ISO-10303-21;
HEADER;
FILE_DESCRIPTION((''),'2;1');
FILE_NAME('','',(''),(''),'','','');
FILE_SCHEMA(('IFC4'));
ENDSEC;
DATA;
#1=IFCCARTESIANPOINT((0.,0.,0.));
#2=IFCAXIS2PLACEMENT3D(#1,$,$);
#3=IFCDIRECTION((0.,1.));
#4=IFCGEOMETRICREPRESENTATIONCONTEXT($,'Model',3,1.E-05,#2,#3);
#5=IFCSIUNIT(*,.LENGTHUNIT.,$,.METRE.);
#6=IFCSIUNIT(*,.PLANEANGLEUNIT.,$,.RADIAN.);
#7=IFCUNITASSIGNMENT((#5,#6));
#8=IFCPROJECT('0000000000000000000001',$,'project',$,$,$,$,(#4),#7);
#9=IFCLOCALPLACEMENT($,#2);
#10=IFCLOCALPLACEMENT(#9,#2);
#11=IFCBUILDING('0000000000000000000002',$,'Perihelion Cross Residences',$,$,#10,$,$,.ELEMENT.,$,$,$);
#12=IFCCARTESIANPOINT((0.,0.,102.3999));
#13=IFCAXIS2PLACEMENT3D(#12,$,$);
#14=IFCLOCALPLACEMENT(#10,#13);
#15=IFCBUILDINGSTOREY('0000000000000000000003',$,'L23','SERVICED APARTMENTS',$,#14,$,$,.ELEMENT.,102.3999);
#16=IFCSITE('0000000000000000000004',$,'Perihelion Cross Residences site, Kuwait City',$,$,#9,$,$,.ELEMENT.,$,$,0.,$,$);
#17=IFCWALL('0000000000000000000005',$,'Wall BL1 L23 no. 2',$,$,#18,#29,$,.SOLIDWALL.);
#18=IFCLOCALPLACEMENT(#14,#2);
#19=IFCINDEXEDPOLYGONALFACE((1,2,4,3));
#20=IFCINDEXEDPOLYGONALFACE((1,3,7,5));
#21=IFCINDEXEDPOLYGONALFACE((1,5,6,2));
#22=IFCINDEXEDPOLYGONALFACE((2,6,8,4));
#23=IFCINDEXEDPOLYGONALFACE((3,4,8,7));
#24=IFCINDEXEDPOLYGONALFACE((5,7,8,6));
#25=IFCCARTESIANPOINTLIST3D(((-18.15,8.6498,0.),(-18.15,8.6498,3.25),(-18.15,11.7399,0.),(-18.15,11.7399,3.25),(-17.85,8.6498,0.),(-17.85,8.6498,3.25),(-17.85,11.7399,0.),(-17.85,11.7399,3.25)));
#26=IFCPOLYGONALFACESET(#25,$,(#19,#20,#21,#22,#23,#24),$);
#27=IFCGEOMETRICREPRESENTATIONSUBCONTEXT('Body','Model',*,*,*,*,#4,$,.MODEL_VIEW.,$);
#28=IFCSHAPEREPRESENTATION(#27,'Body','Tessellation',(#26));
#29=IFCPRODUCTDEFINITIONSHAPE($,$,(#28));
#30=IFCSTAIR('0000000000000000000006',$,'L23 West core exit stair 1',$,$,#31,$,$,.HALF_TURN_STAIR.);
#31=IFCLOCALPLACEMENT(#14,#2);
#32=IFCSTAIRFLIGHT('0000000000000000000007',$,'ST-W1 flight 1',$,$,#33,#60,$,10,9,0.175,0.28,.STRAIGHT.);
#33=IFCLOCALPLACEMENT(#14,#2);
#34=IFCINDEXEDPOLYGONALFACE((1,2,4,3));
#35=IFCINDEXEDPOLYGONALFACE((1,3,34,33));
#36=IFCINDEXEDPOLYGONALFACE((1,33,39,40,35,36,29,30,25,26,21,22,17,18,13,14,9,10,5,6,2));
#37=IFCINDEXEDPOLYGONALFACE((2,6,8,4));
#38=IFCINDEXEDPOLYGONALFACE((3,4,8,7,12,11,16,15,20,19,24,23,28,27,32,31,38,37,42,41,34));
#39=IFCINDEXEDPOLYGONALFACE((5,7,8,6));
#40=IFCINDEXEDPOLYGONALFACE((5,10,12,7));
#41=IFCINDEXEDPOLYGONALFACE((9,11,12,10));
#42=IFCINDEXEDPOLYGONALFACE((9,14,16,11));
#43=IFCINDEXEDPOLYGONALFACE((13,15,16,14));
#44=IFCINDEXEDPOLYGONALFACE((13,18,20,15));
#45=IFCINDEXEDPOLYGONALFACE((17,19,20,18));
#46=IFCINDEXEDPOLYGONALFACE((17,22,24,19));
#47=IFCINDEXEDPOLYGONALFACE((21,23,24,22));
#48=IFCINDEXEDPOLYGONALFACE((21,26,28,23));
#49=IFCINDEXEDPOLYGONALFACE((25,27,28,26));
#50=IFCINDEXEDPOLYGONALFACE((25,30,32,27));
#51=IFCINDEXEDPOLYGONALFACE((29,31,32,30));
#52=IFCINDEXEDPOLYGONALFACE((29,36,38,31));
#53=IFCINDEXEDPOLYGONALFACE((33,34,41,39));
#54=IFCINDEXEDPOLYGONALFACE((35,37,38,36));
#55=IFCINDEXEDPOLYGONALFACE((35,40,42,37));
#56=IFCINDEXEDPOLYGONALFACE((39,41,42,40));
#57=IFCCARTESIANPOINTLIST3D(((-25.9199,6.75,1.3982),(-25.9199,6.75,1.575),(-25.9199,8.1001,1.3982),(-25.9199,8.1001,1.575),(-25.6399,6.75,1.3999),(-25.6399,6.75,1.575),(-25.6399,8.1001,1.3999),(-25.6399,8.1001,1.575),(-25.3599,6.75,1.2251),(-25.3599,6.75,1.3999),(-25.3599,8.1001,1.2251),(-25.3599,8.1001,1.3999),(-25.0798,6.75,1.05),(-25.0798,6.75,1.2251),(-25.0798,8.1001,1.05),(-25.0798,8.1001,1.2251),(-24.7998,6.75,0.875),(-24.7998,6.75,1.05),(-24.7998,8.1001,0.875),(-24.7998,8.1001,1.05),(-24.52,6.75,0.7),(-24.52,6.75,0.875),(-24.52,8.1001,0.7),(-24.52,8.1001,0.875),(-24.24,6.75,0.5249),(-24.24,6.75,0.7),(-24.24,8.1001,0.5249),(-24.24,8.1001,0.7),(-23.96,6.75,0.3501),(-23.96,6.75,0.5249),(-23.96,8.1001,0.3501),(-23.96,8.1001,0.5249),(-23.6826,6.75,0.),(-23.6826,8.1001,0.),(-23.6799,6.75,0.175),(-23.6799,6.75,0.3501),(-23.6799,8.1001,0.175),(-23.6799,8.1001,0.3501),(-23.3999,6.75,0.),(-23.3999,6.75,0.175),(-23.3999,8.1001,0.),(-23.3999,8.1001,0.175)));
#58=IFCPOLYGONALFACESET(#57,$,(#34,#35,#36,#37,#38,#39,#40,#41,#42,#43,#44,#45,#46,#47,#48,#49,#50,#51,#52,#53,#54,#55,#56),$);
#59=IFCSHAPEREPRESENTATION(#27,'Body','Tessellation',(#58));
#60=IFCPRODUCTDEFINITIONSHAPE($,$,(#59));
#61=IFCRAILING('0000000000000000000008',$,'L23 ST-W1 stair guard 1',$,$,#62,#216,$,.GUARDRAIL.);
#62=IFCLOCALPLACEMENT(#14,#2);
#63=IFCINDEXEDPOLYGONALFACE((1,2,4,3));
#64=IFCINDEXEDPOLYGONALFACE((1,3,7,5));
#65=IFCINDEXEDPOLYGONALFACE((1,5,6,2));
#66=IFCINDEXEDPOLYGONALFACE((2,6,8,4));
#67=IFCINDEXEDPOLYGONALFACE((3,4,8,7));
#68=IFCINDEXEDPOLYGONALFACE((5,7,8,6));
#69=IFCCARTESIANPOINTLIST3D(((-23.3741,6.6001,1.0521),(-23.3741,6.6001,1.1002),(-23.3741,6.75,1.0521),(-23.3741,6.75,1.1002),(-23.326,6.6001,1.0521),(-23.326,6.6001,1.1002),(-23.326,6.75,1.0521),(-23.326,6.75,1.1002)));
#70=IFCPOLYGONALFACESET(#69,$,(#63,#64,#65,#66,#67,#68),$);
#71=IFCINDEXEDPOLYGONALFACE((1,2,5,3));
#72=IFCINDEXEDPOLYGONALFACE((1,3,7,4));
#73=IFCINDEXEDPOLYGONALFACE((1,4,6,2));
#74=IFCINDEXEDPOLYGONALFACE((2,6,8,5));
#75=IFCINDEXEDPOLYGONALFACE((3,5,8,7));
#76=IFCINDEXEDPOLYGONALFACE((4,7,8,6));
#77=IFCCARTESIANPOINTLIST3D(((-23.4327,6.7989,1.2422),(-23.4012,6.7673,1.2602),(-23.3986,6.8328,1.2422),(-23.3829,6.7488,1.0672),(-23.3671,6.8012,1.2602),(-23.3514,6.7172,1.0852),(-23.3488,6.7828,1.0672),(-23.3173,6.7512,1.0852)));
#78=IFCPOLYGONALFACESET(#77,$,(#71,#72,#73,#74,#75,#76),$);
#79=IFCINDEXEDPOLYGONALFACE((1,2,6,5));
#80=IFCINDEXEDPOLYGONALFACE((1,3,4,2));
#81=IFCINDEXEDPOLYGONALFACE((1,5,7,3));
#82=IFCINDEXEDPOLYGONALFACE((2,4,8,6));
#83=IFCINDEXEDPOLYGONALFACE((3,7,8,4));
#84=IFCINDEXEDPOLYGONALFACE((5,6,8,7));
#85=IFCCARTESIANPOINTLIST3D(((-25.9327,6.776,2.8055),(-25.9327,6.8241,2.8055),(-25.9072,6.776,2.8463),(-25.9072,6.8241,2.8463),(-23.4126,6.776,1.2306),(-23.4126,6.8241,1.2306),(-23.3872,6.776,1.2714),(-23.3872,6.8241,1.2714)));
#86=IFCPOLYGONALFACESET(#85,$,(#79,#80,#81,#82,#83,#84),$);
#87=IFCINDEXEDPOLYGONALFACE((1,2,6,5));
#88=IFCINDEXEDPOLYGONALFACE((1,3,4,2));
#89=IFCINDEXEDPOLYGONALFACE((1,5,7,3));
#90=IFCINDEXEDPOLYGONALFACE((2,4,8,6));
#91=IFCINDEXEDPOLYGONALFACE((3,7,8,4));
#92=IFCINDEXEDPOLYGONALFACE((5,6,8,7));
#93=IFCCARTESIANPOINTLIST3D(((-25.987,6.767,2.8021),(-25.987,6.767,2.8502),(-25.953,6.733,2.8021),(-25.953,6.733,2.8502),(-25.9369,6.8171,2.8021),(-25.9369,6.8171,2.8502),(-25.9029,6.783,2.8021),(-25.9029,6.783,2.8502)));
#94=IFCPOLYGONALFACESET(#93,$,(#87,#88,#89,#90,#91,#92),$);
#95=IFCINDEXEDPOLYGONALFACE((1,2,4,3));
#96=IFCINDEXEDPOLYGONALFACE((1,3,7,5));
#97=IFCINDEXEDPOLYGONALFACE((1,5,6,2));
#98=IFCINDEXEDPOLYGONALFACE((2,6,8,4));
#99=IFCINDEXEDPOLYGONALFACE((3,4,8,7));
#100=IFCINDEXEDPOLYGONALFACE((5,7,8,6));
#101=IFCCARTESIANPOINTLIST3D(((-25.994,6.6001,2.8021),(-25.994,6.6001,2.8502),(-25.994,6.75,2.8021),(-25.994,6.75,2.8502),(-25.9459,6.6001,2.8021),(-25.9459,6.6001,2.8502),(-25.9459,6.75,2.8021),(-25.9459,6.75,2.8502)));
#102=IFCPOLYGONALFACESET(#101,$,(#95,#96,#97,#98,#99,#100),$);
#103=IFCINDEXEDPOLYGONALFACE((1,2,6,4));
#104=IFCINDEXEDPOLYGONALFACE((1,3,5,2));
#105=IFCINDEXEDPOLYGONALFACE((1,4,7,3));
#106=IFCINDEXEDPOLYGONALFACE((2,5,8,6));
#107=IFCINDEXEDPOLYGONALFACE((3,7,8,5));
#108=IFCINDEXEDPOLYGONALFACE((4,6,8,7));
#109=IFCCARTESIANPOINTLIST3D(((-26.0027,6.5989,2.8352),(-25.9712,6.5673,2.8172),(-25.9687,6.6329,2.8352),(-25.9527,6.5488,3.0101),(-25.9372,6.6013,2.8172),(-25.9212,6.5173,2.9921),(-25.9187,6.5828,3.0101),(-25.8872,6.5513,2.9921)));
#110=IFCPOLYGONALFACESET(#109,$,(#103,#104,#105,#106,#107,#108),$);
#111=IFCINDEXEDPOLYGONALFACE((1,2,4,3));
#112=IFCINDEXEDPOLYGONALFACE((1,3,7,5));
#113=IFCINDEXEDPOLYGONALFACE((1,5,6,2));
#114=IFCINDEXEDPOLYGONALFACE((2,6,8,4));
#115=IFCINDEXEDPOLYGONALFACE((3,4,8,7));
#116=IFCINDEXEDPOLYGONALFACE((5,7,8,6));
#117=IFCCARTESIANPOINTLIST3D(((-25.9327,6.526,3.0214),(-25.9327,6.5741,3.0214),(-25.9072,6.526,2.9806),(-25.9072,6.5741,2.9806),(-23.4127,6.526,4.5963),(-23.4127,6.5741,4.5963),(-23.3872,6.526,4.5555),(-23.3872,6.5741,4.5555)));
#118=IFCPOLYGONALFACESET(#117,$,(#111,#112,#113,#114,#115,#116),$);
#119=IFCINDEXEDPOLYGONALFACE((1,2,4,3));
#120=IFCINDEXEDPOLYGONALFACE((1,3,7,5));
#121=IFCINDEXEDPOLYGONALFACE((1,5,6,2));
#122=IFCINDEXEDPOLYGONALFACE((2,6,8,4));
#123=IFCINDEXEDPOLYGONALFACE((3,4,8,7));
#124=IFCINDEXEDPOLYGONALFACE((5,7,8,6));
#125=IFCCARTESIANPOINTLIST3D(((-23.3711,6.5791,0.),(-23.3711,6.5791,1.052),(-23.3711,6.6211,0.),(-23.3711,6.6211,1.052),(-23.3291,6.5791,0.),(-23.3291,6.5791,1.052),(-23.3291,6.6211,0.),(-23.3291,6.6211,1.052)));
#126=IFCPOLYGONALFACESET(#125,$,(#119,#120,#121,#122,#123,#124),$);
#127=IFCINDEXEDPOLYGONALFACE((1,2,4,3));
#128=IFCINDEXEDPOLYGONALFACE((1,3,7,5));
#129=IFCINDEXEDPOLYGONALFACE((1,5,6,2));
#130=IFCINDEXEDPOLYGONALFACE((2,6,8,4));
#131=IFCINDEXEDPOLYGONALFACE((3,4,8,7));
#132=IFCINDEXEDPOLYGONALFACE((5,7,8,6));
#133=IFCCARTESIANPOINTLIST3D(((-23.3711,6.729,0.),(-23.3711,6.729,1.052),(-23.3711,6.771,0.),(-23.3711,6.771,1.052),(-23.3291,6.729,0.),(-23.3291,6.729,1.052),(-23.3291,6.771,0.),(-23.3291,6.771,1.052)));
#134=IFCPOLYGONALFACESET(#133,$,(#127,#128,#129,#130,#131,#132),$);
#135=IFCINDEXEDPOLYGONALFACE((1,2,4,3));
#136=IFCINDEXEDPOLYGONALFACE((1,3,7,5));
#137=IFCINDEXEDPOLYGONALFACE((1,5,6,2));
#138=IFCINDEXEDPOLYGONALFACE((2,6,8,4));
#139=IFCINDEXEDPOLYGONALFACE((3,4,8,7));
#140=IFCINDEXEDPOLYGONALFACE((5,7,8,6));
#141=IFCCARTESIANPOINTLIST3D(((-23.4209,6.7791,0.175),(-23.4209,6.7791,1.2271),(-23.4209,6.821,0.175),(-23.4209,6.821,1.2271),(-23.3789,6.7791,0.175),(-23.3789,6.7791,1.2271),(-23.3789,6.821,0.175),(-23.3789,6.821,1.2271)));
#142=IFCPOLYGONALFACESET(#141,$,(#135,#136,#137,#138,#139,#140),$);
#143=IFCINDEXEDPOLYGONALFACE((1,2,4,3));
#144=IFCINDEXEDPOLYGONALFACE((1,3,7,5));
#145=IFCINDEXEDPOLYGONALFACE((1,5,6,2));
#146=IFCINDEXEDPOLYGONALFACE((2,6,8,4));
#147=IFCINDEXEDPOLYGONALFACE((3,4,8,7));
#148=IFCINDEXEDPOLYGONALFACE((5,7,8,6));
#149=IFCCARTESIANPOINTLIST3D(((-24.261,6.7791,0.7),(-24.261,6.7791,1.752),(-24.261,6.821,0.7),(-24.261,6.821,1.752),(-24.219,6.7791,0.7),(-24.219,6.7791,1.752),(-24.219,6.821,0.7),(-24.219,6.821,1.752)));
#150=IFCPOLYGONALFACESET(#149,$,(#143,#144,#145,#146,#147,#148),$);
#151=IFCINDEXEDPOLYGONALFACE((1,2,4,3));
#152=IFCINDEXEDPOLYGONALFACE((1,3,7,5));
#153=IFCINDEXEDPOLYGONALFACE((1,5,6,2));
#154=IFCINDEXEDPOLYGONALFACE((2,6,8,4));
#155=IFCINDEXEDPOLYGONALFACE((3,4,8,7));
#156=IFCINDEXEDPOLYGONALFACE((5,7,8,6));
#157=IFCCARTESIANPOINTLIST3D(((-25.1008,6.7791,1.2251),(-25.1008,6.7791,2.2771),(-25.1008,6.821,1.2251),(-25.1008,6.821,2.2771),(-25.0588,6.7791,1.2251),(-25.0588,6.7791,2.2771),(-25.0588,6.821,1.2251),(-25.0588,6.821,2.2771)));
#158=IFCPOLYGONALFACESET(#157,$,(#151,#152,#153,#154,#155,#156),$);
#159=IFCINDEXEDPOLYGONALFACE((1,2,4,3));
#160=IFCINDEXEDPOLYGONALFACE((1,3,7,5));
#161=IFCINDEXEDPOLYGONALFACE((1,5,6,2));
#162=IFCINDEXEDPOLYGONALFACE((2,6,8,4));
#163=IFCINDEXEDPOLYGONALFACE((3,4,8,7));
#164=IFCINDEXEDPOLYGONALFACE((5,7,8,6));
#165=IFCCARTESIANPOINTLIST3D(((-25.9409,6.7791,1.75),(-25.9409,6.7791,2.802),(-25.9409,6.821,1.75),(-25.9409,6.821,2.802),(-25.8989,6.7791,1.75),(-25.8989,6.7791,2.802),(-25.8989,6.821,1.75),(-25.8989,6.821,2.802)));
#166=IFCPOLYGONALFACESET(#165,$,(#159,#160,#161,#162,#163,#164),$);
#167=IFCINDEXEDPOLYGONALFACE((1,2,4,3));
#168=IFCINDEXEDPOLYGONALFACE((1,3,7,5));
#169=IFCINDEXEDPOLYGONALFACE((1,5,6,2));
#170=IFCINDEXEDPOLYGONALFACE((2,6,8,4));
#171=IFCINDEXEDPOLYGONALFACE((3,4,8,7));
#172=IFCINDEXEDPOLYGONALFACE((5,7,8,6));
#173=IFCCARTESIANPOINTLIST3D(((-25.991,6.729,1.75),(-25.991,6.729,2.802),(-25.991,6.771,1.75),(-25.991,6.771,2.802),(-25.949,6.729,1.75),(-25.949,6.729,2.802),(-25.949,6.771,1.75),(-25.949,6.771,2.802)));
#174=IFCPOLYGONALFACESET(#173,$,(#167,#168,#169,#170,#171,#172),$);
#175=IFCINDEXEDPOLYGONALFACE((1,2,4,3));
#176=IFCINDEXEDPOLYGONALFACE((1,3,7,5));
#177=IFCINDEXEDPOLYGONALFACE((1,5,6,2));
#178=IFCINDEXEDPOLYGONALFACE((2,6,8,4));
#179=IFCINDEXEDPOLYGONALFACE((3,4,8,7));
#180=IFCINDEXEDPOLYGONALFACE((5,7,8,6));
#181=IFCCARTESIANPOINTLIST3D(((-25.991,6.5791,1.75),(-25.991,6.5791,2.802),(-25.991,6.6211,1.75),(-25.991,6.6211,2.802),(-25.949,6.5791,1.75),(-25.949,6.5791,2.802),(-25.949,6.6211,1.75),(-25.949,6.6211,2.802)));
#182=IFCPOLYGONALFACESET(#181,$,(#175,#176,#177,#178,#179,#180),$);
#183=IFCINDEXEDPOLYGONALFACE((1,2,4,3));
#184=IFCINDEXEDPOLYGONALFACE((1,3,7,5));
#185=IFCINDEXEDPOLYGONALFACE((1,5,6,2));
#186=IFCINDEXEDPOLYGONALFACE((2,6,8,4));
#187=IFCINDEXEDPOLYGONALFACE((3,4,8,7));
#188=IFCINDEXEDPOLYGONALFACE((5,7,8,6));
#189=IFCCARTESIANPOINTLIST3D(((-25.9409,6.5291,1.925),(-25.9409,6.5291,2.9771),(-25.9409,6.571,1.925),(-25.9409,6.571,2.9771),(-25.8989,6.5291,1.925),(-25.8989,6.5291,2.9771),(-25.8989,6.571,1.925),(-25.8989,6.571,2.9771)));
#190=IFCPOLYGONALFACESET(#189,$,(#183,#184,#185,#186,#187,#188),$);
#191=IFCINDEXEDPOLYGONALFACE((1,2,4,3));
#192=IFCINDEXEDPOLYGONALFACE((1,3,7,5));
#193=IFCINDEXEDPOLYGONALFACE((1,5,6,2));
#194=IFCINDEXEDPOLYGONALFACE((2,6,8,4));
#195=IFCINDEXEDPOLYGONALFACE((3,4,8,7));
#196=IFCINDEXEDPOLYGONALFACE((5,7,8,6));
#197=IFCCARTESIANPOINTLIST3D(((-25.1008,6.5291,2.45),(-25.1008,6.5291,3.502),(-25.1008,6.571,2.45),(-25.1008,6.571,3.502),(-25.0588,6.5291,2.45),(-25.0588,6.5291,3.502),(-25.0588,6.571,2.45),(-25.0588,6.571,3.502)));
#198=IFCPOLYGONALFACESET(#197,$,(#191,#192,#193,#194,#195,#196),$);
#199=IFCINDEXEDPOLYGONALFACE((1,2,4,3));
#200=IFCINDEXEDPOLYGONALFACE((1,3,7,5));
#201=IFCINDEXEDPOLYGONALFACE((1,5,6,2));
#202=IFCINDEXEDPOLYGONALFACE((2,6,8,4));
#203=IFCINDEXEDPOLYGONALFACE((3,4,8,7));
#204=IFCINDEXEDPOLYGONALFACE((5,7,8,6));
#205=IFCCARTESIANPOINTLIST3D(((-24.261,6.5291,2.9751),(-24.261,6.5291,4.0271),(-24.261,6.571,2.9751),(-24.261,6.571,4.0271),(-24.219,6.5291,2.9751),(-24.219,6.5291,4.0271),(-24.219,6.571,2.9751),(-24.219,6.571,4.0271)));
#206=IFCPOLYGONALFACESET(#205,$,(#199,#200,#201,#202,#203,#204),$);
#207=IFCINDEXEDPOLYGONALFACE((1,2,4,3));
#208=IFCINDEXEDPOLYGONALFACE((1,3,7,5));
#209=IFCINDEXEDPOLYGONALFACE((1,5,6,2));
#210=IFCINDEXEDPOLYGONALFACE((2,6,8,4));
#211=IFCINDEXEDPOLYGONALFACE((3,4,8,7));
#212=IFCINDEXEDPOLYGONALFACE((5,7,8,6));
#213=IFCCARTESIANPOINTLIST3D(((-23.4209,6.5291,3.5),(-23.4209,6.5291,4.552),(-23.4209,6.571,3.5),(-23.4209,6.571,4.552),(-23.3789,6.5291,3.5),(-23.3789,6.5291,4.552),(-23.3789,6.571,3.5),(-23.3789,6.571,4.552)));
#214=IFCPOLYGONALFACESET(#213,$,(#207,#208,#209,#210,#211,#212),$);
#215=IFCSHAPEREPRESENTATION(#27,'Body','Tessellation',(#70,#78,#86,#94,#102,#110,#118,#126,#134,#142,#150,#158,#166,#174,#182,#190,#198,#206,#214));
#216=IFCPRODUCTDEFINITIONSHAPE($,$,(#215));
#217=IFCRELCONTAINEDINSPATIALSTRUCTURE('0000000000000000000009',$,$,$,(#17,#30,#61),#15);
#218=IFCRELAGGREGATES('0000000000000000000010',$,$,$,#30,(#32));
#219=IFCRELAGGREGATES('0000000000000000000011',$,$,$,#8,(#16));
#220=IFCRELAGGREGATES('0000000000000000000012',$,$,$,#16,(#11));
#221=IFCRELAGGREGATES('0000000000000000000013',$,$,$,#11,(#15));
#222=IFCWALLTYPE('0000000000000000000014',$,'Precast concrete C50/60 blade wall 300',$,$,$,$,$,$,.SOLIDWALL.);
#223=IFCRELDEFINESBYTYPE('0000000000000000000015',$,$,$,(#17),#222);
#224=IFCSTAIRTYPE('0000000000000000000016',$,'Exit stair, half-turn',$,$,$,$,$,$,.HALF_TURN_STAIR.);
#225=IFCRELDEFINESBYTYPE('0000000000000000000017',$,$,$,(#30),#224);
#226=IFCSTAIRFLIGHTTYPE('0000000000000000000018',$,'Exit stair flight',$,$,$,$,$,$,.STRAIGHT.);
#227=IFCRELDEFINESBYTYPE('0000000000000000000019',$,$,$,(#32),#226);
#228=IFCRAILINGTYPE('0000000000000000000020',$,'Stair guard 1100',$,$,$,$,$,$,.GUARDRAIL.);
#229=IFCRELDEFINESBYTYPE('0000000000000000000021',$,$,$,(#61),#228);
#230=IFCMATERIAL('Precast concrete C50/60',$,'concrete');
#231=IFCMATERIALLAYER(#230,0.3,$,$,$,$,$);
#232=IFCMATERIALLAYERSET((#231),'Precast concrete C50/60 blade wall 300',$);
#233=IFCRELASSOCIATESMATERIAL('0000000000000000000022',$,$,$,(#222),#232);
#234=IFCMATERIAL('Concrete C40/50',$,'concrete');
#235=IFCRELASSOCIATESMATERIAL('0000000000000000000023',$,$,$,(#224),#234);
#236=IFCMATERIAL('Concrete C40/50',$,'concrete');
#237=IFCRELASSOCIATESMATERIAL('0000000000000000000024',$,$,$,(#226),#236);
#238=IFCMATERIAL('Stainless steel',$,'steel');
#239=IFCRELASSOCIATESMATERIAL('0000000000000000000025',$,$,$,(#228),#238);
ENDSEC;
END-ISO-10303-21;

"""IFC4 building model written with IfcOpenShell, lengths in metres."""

from ifc_helpers import new_model, si_unit, direction, frame, frame_2d, origin, origin_2d, place, context, subcontext, project, spatial, polyline, rectangle, outline, extrude, material, layer, layer_set, type_object, element, aggregate, save


model = new_model("IFC4")

# Units and contexts
model_context = context("Model", 3, precision=1e-05, world=origin(), true_north=direction((0.0, 1.0)))
body_context = subcontext(model_context, "Body", "Model", "MODEL_VIEW")
ifc_project = project(units=[si_unit("LENGTHUNIT", "METRE"), si_unit("PLANEANGLEUNIT", "RADIAN")], contexts=[model_context])

# Site, building, storey
site_placement = place(None, origin())
site = spatial("IfcSite", under=ifc_project, at=site_placement, Name="Perihelion Cross Residences site, Kuwait City", CompositionType="ELEMENT", RefElevation=0.0)
building_placement = place(site_placement, origin())
building = spatial("IfcBuilding", under=site, at=building_placement, Name="Perihelion Cross Residences", CompositionType="ELEMENT")
storey_placement = place(building_placement, frame((0.0, 0.0, 102.3999)))
storey = spatial("IfcBuildingStorey", under=building, at=storey_placement, Name="L23", Description="SERVICED APARTMENTS", CompositionType="ELEMENT", Elevation=102.3999)

# Wall
ifc_material_1 = material(Name="Precast concrete C50/60", Category="concrete")
ifc_layer_1 = layer(ifc_material_1, 0.3)
ifc_layer_set_1 = layer_set([ifc_layer_1], Name="Precast concrete C50/60 blade wall 300")
wall_type_1 = type_object("IfcWallType", Name="Precast concrete C50/60 blade wall 300", PredefinedType="SOLIDWALL", material=ifc_layer_set_1)
wall_1_placement = place(storey_placement, frame((-18.0, 8.6499, 0.0), z_axis=(0.0, 0.0, 1.0), x_axis=(0.0, 1.0, 0.0)))
element("IfcWall", 1, at=wall_1_placement, inside=storey, type_object=wall_type_1, Name="Wall BL1 L23 no. 2", PredefinedType="SOLIDWALL", context=body_context, shape_type="SweptSolid", body=[
    extrude(rectangle(XDim=3.0901, YDim=0.3, at=frame_2d((1.5449, 0.0))), origin(), (0.0, 0.0, 1.0), 3.25),
])

# Stair, stair flight
ifc_material_2 = material(Name="Concrete C40/50", Category="concrete")
stair_type = type_object("IfcStairType", Name="Exit stair, half-turn", PredefinedType="HALF_TURN_STAIR", material=ifc_material_2)
stair_placement = place(storey_placement, origin())
stair = element("IfcStair", 2, at=stair_placement, inside=storey, type_object=stair_type, Name="L23 West core exit stair 1", PredefinedType="HALF_TURN_STAIR")
ifc_material_3 = material(Name="Concrete C40/50", Category="concrete")
stair_flight_type = type_object("IfcStairFlightType", Name="Exit stair flight", PredefinedType="STRAIGHT", material=ifc_material_3)
stair_flight_placement = place(storey_placement, frame((-23.3999, 7.425, 0.0), z_axis=(0.0, 0.0, 1.0), x_axis=(-1.0, 0.0, 0.0)))
stair_flight = element("IfcStairFlight", 3, at=stair_flight_placement, type_object=stair_flight_type, Name="ST-W1 flight 1", NumberOfRisers=10, NumberOfTreads=9, PredefinedType="STRAIGHT", RiserHeight=0.175, TreadLength=0.28, context=body_context, shape_type="SweptSolid", body=[
    extrude(outline(polyline([(0.0, 0.0), (0.0, 0.175), (0.28, 0.175), (0.28, 0.3501), (0.5601, 0.3501), (0.5601, 0.5249), (0.8401, 0.5249), (0.8401, 0.7), (1.1201, 0.7), (1.1201, 0.875), (1.3999, 0.875), (1.3999, 1.05), (1.6799, 1.05), (1.6799, 1.2251), (1.96, 1.2251), (1.96, 1.3999), (2.24, 1.3999), (2.24, 1.575), (2.52, 1.575), (2.52, 1.75), (2.52, 1.3982), (0.2827, 0.0), (0.0, 0.0)])), frame((0.0, 0.675, 0.0), z_axis=(0.0, -1.0, 0.0), x_axis=(1.0, 0.0, 0.0)), (0.0, 0.0, 1.0), 1.3501),
])
aggregate(stair, [stair_flight])

# Railing
ifc_material_4 = material(Name="Stainless steel", Category="steel")
railing_type_1 = type_object("IfcRailingType", Name="Stair guard 1100", PredefinedType="GUARDRAIL", material=ifc_material_4)
railing_1_placement = place(storey_placement, frame((-23.3501, 6.6001, 0.0)))
element("IfcRailing", 4, at=railing_1_placement, inside=storey, type_object=railing_type_1, Name="L23 ST-W1 stair guard 1", PredefinedType="GUARDRAIL", context=body_context, shape_type="SweptSolid", body=[
    extrude(rectangle(XDim=0.0481, YDim=0.0481, at=origin_2d()), frame((0.0, 0.0, 1.0762), z_axis=(0.0, 1.0, 0.0), x_axis=(-1.0, 0.0, 0.0)), (0.0, 0.0, 1.0), 0.1499),
    extrude(rectangle(XDim=0.0481, YDim=0.0481, at=origin_2d()), frame((0.0, 0.1499, 1.0762), z_axis=(-0.263862, 0.265156, 0.927399), x_axis=(-0.708834, -0.705376, 0.0)), (0.0, 0.0, 1.0), 0.1887),
    extrude(rectangle(XDim=0.0481, YDim=0.0481, at=origin_2d()), frame((-0.0498, 0.2, 1.251), z_axis=(-0.848008, 0.0, 0.529984), x_axis=(0.0, -1.0, 0.0)), (0.0, 0.0, 1.0), 2.9717),
    extrude(rectangle(XDim=0.0481, YDim=0.0481, at=origin_2d()), frame((-2.5698, 0.2, 2.8262), z_axis=(-0.707107, -0.707107, 0.0), x_axis=(0.707107, -0.707107, 0.0)), (0.0, 0.0, 1.0), 0.0708),
    extrude(rectangle(XDim=0.0481, YDim=0.0481, at=origin_2d()), frame((-2.6199, 0.1499, 2.8262), z_axis=(0.0, -1.0, 0.0), x_axis=(1.0, 0.0, 0.0)), (0.0, 0.0, 1.0), 0.1499),
    extrude(rectangle(XDim=0.0481, YDim=0.0481, at=origin_2d()), frame((-2.6199, 0.0, 2.8262), z_axis=(0.265065, -0.265065, 0.927082), x_axis=(0.707107, 0.707107, 0.0)), (0.0, 0.0, 1.0), 0.1887),
    extrude(rectangle(XDim=0.0481, YDim=0.0481, at=origin_2d()), frame((-2.5698, -0.05, 3.001), z_axis=(0.848008, 0.0, 0.529984), x_axis=(0.0, 1.0, 0.0)), (0.0, 0.0, 1.0), 2.9717),
    extrude(rectangle(XDim=0.042, YDim=0.042, at=origin_2d()), origin(), (0.0, 0.0, 1.0), 1.052),
    extrude(rectangle(XDim=0.042, YDim=0.042, at=origin_2d()), frame((0.0, 0.1499, 0.0)), (0.0, 0.0, 1.0), 1.052),
    extrude(rectangle(XDim=0.042, YDim=0.042, at=origin_2d()), frame((-0.0498, 0.2, 0.175)), (0.0, 0.0, 1.0), 1.052),
    extrude(rectangle(XDim=0.042, YDim=0.042, at=origin_2d()), frame((-0.8899, 0.2, 0.7)), (0.0, 0.0, 1.0), 1.052),
    extrude(rectangle(XDim=0.042, YDim=0.042, at=origin_2d()), frame((-1.7297, 0.2, 1.2251)), (0.0, 0.0, 1.0), 1.052),
    extrude(rectangle(XDim=0.042, YDim=0.042, at=origin_2d()), frame((-2.5698, 0.2, 1.75)), (0.0, 0.0, 1.0), 1.052),
    extrude(rectangle(XDim=0.042, YDim=0.042, at=origin_2d()), frame((-2.6199, 0.1499, 1.75)), (0.0, 0.0, 1.0), 1.052),
    extrude(rectangle(XDim=0.042, YDim=0.042, at=origin_2d()), frame((-2.6199, 0.0, 1.75)), (0.0, 0.0, 1.0), 1.052),
    extrude(rectangle(XDim=0.042, YDim=0.042, at=origin_2d()), frame((-2.5698, -0.05, 1.925)), (0.0, 0.0, 1.0), 1.052),
    extrude(rectangle(XDim=0.042, YDim=0.042, at=origin_2d()), frame((-1.7297, -0.05, 2.45)), (0.0, 0.0, 1.0), 1.052),
    extrude(rectangle(XDim=0.042, YDim=0.042, at=origin_2d()), frame((-0.8899, -0.05, 2.9751)), (0.0, 0.0, 1.0), 1.052),
    extrude(rectangle(XDim=0.042, YDim=0.042, at=origin_2d()), frame((-0.0498, -0.05, 3.5)), (0.0, 0.0, 1.0), 1.052),
])

save(model, "model.ifc")
